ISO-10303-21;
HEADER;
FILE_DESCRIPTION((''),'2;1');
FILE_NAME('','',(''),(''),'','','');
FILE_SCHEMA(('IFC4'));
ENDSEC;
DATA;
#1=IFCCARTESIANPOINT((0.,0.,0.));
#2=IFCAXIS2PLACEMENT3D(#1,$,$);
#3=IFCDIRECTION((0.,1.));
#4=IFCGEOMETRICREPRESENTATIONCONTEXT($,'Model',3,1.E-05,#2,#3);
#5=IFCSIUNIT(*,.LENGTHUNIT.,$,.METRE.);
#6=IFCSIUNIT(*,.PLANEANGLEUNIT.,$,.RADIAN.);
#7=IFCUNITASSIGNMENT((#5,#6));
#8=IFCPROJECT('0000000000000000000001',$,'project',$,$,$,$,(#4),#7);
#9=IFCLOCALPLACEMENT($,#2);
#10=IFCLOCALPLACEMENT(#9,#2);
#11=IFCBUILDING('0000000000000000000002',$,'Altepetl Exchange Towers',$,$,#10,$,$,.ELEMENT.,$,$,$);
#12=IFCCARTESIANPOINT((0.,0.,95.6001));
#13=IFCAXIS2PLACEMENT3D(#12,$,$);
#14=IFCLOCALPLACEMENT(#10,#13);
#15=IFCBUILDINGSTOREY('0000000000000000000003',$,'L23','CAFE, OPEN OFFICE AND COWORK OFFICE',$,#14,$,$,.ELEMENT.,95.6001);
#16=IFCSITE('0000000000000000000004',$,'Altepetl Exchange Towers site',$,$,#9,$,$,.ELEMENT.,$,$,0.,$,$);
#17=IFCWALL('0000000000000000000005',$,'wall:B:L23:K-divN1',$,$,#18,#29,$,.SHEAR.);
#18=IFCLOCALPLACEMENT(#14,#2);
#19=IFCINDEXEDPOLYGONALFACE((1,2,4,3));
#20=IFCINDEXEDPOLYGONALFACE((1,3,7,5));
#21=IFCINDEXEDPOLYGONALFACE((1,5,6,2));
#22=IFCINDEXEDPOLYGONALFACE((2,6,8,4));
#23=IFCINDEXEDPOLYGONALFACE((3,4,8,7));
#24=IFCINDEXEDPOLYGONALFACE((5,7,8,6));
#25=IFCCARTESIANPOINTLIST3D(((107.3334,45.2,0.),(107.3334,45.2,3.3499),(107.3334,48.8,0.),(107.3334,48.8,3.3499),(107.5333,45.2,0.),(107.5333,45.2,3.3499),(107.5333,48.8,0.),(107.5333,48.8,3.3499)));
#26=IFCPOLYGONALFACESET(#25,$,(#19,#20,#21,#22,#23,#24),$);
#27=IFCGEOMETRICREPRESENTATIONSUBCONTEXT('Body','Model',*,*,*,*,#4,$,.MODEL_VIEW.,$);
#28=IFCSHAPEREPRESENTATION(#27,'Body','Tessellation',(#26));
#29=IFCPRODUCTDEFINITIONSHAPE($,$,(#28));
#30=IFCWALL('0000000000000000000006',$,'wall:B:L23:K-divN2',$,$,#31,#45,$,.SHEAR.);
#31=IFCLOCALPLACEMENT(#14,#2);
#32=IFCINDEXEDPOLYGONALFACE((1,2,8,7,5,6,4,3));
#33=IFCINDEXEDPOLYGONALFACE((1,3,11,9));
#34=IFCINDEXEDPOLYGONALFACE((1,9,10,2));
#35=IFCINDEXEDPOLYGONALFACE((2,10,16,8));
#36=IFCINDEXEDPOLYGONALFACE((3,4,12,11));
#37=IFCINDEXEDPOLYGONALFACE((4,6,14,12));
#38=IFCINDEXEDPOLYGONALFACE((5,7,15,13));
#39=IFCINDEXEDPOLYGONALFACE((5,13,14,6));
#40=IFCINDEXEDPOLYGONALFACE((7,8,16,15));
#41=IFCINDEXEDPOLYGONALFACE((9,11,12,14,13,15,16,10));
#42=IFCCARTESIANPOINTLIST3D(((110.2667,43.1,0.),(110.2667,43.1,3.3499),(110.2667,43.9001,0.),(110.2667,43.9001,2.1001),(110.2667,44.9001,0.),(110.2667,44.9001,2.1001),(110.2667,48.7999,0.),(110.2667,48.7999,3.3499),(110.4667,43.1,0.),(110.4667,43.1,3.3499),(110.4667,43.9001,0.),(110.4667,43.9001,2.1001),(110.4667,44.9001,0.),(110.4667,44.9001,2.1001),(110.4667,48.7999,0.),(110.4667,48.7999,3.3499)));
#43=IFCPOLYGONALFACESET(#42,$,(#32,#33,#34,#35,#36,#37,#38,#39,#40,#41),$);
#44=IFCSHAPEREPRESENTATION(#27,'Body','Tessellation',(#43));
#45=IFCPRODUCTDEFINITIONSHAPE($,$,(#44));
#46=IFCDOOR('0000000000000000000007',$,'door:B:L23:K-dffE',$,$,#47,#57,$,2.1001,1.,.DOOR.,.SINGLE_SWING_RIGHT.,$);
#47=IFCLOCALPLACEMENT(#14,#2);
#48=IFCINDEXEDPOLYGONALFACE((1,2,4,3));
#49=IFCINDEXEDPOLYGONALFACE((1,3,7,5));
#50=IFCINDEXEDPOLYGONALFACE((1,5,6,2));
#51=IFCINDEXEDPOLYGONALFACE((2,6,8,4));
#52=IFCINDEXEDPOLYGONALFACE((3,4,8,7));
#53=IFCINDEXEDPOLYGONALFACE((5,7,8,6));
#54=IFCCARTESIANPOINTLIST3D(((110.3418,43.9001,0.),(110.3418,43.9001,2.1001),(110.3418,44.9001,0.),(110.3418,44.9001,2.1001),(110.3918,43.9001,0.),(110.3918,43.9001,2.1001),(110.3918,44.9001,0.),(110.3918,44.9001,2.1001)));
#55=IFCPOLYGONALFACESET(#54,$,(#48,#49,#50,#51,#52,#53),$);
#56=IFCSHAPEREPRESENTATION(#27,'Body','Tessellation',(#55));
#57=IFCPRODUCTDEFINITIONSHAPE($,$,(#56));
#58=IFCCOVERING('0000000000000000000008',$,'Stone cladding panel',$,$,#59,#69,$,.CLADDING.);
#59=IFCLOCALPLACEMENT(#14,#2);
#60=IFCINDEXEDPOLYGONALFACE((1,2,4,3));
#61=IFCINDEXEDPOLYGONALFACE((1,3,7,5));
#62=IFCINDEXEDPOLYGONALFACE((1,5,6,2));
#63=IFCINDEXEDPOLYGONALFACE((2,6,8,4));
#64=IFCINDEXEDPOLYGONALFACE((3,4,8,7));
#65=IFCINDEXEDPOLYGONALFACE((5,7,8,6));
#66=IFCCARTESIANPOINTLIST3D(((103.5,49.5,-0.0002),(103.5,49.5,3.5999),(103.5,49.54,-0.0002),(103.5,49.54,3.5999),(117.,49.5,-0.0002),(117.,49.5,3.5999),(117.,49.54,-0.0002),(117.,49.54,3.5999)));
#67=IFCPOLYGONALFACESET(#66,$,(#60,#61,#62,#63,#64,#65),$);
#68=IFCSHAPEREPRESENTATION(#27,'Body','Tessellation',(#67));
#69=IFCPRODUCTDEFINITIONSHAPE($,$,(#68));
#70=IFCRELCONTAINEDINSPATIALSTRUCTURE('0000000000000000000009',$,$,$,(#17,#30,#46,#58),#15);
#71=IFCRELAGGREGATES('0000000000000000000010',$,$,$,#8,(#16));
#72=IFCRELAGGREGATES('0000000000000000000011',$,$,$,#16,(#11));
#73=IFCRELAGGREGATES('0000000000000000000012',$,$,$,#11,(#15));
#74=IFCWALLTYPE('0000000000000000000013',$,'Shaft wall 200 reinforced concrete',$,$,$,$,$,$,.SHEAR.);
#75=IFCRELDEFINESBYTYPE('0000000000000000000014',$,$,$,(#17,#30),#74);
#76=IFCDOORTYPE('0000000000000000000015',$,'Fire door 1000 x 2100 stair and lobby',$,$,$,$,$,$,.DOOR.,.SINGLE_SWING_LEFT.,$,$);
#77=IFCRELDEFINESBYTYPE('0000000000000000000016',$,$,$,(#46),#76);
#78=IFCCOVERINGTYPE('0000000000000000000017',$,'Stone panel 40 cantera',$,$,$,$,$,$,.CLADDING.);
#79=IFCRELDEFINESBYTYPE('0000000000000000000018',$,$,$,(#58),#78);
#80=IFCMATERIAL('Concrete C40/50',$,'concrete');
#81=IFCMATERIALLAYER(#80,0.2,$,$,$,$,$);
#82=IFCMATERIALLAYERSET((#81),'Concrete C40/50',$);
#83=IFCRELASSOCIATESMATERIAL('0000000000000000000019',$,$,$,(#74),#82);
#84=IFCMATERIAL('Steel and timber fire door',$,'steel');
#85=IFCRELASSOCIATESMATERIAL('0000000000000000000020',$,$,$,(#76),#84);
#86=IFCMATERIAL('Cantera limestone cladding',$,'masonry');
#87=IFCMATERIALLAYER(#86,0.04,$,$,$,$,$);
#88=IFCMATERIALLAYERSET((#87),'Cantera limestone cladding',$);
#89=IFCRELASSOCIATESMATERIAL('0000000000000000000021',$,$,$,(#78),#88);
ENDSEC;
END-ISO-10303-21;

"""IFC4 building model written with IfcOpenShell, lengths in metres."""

from ifc_helpers import new_model, si_unit, direction, frame, frame_2d, origin, origin_2d, place, context, subcontext, project, spatial, rectangle, extrude, material, layer, layer_set, type_object, element, fill, save


model = new_model("IFC4")

# Units and contexts
model_context = context("Model", 3, precision=1e-05, world=origin(), true_north=direction((0.0, 1.0)))
body_context = subcontext(model_context, "Body", "Model", "MODEL_VIEW")
ifc_project = project(units=[si_unit("LENGTHUNIT", "METRE"), si_unit("PLANEANGLEUNIT", "RADIAN")], contexts=[model_context])

# Site, building, storey
site_placement = place(None, origin())
site = spatial("IfcSite", under=ifc_project, at=site_placement, Name="Altepetl Exchange Towers site", CompositionType="ELEMENT", RefElevation=0.0)
building_placement = place(site_placement, origin())
building = spatial("IfcBuilding", under=site, at=building_placement, Name="Altepetl Exchange Towers", CompositionType="ELEMENT")
storey_placement = place(building_placement, frame((0.0, 0.0, 95.6001)))
storey = spatial("IfcBuildingStorey", under=building, at=storey_placement, Name="L23", Description="CAFE, OPEN OFFICE AND COWORK OFFICE", CompositionType="ELEMENT", Elevation=95.6001)

# Wall
ifc_material_1 = material(Name="Concrete C40/50", Category="concrete")
ifc_layer_1 = layer(ifc_material_1, 0.2)
ifc_layer_set_1 = layer_set([ifc_layer_1], Name="Concrete C40/50")
wall_type_1 = type_object("IfcWallType", Name="Shaft wall 200 reinforced concrete", PredefinedType="SHEAR", material=ifc_layer_set_1)
wall_1_placement = place(storey_placement, frame((107.4333, 48.8, 0.0), z_axis=(0.0, 0.0, 1.0), x_axis=(0.0, -1.0, 0.0)))
element("IfcWall", 1, at=wall_1_placement, inside=storey, type_object=wall_type_1, Name="wall:B:L23:K-divN1", PredefinedType="SHEAR", context=body_context, shape_type="SweptSolid", body=[
    extrude(rectangle(XDim=3.6001, YDim=0.2, at=frame_2d((1.8, 0.0))), origin(), (0.0, 0.0, 1.0), 3.3499),
])

# Wall, opening, door
wall_2_placement = place(storey_placement, frame((110.3667, 48.8, 0.0), z_axis=(0.0, 0.0, 1.0), x_axis=(0.0, -1.0, 0.0)))
wall_2 = element("IfcWall", 2, at=wall_2_placement, inside=storey, type_object=wall_type_1, Name="wall:B:L23:K-divN2", PredefinedType="SHEAR", context=body_context, shape_type="SweptSolid", body=[
    extrude(rectangle(XDim=5.7, YDim=0.2, at=frame_2d((2.8501, 0.0))), origin(), (0.0, 0.0, 1.0), 3.3499),
])
opening_placement = place(wall_2_placement, frame((3.8999, 0.0, 0.0)))
opening = element("IfcOpeningElement", 3, at=opening_placement, cuts=wall_2, PredefinedType="OPENING", context=body_context, shape_type="SweptSolid", body=[
    extrude(rectangle(XDim=1.0, YDim=2.1001, at=frame_2d((0.5, 1.05))), frame((0.0, 0.1099, 0.0), z_axis=(0.0, -1.0, 0.0), x_axis=(1.0, 0.0, 0.0)), (0.0, 0.0, 1.0), 0.22),
])
ifc_material_2 = material(Name="Steel and timber fire door", Category="steel")
door_type = type_object("IfcDoorType", Name="Fire door 1000 x 2100 stair and lobby", OperationType="SINGLE_SWING_LEFT", PredefinedType="DOOR", material=ifc_material_2)
door_placement = place(opening_placement, frame((1.0, 0.0, 0.0), x_axis=(-1.0, 0.0, 0.0)))
door = element("IfcDoor", 4, at=door_placement, inside=storey, type_object=door_type, Name="door:B:L23:K-dffE", OperationType="SINGLE_SWING_RIGHT", OverallHeight=2.1001, OverallWidth=1.0, PredefinedType="DOOR", context=body_context, shape_type="SweptSolid", body=[
    extrude(rectangle(XDim=1.0, YDim=2.1001, at=frame_2d((0.5, 1.05))), frame((0.0, 0.0249, 0.0), z_axis=(0.0, -1.0, 0.0), x_axis=(1.0, 0.0, 0.0)), (0.0, 0.0, 1.0), 0.05),
])
fill(opening, door)

# Covering
ifc_material_3 = material(Name="Cantera limestone cladding", Category="masonry")
ifc_layer_2 = layer(ifc_material_3, 0.04)
ifc_layer_set_2 = layer_set([ifc_layer_2], Name="Cantera limestone cladding")
covering_type = type_object("IfcCoveringType", Name="Stone panel 40 cantera", PredefinedType="CLADDING", material=ifc_layer_set_2)
covering_placement = place(storey_placement, frame((110.25, 49.52, -0.0002), z_axis=(0.0, 0.0, 1.0), x_axis=(-1.0, 0.0, 0.0)))
element("IfcCovering", 5, at=covering_placement, inside=storey, type_object=covering_type, Name="Stone cladding panel", PredefinedType="CLADDING", context=body_context, shape_type="SweptSolid", body=[
    extrude(rectangle(XDim=13.5, YDim=0.04, at=origin_2d()), origin(), (0.0, 0.0, 1.0), 3.6001),
])

save(model, "model.ifc")
